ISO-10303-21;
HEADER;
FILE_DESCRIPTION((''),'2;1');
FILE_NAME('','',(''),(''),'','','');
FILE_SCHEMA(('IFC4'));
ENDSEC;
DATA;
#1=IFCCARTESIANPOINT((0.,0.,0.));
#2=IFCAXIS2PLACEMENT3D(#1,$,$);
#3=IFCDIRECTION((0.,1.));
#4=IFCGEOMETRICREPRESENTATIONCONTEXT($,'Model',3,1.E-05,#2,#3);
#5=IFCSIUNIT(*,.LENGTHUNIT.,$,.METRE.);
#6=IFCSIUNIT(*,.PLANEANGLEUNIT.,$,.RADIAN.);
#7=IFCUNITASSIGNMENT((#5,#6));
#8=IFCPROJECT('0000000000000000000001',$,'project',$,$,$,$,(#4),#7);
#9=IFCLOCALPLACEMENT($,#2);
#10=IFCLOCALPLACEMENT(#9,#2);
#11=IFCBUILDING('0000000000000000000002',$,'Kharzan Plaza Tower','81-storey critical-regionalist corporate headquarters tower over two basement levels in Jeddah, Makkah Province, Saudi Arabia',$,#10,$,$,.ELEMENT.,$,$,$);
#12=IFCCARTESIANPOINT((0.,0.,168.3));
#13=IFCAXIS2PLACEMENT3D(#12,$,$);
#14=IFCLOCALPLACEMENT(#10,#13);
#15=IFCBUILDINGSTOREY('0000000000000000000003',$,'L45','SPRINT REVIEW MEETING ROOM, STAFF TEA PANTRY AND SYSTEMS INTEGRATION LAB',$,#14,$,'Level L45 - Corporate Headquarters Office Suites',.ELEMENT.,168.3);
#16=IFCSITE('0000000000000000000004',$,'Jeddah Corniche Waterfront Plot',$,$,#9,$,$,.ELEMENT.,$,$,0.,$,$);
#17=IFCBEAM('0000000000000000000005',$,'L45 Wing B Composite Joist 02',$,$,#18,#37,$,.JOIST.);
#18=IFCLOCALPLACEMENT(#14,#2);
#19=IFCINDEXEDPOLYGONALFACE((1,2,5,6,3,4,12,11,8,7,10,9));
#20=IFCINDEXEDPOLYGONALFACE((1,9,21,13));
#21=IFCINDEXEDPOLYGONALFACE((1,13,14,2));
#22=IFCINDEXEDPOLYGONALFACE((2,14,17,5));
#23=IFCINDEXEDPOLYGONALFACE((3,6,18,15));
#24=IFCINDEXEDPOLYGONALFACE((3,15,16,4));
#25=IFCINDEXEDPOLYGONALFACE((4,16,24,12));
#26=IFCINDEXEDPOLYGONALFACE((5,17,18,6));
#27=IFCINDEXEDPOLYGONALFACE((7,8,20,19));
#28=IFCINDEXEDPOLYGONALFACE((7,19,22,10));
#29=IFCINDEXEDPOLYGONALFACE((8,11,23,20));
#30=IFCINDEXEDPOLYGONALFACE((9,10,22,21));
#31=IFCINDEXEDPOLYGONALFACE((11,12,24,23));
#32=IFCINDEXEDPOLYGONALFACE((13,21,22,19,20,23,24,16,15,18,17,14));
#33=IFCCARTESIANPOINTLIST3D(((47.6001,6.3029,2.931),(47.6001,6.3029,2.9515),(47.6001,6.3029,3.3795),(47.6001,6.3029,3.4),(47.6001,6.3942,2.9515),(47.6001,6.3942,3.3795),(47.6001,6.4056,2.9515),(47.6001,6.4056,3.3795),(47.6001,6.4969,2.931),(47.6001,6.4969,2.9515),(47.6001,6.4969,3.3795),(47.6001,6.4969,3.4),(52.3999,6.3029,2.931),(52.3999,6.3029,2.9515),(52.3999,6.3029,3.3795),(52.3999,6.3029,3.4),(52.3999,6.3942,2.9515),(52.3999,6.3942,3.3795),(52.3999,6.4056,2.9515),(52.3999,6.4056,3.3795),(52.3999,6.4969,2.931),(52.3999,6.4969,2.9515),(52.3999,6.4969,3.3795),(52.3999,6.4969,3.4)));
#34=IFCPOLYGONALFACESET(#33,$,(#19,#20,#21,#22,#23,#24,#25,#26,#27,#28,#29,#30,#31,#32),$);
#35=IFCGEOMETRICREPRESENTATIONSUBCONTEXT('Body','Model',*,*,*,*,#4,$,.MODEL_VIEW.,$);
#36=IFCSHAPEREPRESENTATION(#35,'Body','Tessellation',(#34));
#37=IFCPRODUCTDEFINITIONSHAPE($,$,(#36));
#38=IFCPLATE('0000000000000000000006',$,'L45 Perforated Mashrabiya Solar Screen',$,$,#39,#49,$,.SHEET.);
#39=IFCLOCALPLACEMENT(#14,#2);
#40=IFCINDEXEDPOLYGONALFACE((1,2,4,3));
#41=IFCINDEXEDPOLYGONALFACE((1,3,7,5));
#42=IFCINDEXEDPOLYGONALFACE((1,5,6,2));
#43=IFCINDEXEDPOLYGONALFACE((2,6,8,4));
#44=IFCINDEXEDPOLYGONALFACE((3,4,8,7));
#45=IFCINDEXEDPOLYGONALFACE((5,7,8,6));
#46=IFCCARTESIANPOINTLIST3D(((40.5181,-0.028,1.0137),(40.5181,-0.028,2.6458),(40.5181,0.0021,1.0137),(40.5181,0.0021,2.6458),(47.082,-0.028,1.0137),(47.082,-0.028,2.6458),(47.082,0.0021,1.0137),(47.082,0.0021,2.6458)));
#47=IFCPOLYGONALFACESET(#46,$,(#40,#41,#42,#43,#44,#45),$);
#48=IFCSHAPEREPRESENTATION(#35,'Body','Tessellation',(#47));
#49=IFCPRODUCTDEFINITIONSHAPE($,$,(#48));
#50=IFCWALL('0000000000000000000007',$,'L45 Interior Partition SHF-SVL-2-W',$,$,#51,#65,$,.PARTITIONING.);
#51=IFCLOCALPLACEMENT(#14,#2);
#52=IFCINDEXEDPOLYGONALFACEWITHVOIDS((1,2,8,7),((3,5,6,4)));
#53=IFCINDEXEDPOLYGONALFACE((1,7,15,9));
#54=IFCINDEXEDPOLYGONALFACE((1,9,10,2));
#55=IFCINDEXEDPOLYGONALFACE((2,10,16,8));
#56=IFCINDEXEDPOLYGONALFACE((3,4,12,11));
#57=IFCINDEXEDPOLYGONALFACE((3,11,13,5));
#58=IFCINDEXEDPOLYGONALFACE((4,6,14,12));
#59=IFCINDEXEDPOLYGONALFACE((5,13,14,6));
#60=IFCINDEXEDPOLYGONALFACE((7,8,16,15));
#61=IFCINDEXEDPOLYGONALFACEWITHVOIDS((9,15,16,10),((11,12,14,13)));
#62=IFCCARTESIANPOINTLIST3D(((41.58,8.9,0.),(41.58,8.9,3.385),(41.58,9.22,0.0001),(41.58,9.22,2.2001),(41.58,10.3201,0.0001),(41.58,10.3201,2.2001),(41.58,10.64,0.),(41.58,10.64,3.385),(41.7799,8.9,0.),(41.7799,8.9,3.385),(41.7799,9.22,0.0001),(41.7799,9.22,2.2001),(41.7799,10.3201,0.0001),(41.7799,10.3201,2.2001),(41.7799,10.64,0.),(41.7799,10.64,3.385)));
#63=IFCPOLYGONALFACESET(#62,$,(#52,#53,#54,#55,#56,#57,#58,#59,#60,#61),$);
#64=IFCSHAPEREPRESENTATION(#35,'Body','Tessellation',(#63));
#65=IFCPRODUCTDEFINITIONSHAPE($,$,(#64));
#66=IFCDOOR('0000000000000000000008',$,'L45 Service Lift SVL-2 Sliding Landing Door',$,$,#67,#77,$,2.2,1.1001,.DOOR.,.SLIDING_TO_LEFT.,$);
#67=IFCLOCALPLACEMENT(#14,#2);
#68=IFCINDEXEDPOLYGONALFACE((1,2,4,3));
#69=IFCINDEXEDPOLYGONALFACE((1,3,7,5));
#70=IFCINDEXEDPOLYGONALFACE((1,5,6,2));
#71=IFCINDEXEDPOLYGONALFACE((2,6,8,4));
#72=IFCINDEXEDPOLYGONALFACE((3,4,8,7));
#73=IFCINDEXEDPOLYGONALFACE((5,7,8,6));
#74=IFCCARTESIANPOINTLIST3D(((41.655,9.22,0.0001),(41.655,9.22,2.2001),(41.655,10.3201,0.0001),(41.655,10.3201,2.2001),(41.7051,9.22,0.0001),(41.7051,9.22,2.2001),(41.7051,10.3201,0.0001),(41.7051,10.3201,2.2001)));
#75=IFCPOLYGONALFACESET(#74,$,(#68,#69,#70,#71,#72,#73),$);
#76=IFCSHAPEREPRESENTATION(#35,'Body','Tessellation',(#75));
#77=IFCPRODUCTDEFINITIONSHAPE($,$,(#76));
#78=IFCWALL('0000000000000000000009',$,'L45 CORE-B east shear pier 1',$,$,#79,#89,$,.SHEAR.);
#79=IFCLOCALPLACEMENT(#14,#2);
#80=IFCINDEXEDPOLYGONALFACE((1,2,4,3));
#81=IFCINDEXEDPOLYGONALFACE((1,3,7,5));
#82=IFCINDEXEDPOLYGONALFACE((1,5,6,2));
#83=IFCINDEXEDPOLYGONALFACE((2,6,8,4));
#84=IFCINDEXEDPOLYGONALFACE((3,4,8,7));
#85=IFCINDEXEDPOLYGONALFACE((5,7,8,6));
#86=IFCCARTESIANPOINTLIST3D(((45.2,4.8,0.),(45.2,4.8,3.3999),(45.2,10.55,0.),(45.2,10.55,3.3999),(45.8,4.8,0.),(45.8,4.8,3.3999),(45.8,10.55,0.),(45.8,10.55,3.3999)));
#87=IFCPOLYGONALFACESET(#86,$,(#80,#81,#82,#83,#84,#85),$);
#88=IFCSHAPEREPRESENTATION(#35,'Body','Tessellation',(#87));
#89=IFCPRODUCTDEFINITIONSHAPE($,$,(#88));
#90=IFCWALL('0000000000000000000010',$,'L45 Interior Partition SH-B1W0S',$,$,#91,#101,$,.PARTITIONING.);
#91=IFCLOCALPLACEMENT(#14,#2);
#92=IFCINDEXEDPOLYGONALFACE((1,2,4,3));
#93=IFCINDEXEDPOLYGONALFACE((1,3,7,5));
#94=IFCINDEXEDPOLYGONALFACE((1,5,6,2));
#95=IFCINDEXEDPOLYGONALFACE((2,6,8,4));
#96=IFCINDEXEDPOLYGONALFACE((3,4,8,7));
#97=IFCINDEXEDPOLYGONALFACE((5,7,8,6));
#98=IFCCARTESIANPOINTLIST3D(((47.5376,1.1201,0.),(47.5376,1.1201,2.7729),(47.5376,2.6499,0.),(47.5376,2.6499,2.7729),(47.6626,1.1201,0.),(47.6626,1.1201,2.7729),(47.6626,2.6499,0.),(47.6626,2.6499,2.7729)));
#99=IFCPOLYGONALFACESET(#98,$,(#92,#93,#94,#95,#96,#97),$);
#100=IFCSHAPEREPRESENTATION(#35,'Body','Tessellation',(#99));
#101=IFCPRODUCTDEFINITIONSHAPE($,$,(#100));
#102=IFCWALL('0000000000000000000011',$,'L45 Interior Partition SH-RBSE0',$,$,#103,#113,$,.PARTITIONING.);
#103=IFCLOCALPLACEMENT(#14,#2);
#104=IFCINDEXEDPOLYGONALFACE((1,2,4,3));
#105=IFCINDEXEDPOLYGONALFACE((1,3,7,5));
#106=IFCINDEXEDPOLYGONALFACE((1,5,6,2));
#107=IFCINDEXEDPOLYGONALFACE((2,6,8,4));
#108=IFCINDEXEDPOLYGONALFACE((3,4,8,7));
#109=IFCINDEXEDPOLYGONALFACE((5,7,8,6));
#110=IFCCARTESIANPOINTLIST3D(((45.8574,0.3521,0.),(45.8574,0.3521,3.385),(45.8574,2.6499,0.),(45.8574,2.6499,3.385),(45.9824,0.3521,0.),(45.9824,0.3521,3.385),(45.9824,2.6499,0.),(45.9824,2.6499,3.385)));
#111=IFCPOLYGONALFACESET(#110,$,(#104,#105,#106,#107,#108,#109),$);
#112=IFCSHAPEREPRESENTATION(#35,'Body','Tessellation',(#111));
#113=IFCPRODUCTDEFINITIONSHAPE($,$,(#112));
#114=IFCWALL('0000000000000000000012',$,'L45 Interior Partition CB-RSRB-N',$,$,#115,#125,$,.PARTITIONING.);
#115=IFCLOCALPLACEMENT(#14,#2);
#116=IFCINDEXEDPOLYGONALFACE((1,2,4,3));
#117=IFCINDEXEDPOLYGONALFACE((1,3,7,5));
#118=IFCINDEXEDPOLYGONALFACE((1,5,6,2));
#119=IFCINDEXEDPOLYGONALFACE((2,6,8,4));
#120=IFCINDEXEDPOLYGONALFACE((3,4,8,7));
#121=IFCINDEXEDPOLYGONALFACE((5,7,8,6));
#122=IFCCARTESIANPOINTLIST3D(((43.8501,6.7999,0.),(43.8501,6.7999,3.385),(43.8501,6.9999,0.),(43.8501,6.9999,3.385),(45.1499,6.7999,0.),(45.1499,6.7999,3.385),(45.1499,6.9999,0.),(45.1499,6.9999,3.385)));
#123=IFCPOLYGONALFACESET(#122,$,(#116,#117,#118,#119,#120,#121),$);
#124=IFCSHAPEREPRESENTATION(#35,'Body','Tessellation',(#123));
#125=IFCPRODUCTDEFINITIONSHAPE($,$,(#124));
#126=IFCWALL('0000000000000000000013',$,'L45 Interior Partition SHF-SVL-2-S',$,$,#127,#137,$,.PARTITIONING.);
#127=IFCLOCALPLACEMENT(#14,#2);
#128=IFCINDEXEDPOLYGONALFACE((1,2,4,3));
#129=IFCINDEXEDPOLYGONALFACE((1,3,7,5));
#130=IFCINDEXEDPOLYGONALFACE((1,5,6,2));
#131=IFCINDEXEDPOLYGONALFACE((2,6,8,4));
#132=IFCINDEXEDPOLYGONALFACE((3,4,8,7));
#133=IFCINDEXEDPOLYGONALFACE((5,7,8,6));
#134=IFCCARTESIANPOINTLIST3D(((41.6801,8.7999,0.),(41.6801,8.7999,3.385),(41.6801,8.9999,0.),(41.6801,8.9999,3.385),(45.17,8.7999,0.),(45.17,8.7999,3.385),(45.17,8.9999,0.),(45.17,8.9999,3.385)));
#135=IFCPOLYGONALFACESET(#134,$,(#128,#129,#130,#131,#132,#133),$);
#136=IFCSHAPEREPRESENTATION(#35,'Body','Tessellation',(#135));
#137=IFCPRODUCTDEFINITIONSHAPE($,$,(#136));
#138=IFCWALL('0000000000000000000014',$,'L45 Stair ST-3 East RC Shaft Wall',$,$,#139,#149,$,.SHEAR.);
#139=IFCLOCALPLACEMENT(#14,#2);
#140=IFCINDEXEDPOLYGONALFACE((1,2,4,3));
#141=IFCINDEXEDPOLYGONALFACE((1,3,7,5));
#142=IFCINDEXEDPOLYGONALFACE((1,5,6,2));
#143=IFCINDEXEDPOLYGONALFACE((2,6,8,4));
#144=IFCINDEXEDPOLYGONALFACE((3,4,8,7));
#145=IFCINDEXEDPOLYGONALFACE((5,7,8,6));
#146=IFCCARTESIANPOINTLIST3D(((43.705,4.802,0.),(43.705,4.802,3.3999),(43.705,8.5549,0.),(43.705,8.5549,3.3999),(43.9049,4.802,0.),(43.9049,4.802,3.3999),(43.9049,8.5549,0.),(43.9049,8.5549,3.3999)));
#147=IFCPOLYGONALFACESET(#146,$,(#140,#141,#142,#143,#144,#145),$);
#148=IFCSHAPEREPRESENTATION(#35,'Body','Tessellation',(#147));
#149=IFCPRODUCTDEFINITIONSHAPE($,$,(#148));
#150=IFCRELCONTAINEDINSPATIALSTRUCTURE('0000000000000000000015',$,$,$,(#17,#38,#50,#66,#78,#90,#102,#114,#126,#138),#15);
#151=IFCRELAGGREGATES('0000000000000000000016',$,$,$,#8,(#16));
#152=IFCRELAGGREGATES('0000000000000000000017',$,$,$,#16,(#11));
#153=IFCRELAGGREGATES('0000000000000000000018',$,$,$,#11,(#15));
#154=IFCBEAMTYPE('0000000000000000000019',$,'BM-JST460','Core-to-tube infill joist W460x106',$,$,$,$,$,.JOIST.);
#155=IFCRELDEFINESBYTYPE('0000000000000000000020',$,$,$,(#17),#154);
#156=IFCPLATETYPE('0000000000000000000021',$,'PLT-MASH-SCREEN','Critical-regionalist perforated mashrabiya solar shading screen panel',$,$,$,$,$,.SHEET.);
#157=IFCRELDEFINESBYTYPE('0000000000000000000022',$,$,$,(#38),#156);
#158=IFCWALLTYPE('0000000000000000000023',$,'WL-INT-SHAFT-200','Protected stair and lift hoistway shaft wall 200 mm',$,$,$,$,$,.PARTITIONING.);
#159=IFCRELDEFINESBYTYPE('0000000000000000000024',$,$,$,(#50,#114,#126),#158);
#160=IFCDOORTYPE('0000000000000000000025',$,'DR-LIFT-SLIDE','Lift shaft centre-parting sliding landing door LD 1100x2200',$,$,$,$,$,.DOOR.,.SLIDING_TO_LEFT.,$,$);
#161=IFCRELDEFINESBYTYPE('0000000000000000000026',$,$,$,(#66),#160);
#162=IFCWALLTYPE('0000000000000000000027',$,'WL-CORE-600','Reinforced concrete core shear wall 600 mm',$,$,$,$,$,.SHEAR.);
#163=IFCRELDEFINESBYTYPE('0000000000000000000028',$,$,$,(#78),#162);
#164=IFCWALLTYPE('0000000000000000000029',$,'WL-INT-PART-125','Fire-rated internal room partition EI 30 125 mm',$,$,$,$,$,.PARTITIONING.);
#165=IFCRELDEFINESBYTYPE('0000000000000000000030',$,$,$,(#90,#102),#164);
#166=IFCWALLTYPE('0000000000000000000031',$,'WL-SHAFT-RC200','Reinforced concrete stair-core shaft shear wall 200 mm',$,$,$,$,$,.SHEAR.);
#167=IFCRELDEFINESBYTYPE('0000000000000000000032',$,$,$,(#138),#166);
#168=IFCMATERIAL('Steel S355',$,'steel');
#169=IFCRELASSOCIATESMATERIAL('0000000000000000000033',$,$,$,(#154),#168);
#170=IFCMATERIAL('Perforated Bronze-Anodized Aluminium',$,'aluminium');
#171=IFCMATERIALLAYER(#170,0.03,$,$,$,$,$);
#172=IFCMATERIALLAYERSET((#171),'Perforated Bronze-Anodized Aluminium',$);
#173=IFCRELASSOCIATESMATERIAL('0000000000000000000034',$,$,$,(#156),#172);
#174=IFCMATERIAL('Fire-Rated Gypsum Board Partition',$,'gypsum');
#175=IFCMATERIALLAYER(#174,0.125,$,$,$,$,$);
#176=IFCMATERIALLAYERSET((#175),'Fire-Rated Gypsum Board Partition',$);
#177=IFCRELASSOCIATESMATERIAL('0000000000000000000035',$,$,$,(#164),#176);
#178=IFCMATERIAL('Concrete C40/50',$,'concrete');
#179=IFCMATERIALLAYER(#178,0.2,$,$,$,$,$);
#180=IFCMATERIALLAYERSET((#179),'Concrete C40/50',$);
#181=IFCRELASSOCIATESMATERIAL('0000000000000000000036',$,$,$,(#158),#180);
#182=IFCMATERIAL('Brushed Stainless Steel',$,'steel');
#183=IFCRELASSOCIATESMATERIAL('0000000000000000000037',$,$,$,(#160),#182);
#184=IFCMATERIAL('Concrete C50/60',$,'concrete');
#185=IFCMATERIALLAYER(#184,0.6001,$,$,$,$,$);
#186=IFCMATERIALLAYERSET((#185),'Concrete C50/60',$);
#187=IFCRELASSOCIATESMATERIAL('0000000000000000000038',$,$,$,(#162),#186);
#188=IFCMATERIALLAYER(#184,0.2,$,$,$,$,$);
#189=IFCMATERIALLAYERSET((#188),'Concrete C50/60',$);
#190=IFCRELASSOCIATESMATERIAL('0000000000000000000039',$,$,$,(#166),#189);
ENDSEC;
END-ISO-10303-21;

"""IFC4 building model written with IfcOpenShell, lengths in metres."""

from ifc_helpers import new_model, si_unit, direction, frame, frame_2d, origin, origin_2d, place, context, subcontext, project, spatial, rectangle, i_section, extrude, source, transform, mapped, material, layer, layer_set, material_profile, profile_set, type_object, element, fill, save


model = new_model("IFC4")

# Units and contexts
model_context = context("Model", 3, precision=1e-05, world=origin(), true_north=direction((0.0, 1.0)))
body_context = subcontext(model_context, "Body", "Model", "MODEL_VIEW")
ifc_project = project(units=[si_unit("LENGTHUNIT", "METRE"), si_unit("PLANEANGLEUNIT", "RADIAN")], contexts=[model_context])

# Site, building, storey
site_placement = place(None, origin())
site = spatial("IfcSite", under=ifc_project, at=site_placement, Name="Jeddah Corniche Waterfront Plot", CompositionType="ELEMENT", RefElevation=0.0)
building_placement = place(site_placement, origin())
building = spatial("IfcBuilding", under=site, at=building_placement, Name="Kharzan Plaza Tower", Description="81-storey critical-regionalist corporate headquarters tower over two basement levels in Jeddah, Makkah Province, Saudi Arabia", CompositionType="ELEMENT")
storey_placement = place(building_placement, frame((0.0, 0.0, 168.3)))
storey = spatial("IfcBuildingStorey", under=building, at=storey_placement, Name="L45", Description="SPRINT REVIEW MEETING ROOM, STAFF TEA PANTRY AND SYSTEMS INTEGRATION LAB", LongName="Level L45 - Corporate Headquarters Office Suites", CompositionType="ELEMENT", Elevation=168.3)

# Shared definitions
ifc_material_1 = material(Name="Concrete C50/60", Category="concrete")

# Beam
ifc_material_2 = material(Name="Steel S355", Category="steel")
ifc_material_profile_1 = material_profile(ifc_material_2, i_section(OverallWidth=0.1941, OverallDepth=0.469, WebThickness=0.0115, FlangeThickness=0.0205, at=origin_2d()), Name="W460x106")
ifc_profile_set_1 = profile_set([ifc_material_profile_1], Name="Steel S355")
beam_type_1 = type_object("IfcBeamType", Name="BM-JST460", Description="Core-to-tube infill joist W460x106", PredefinedType="JOIST", material=ifc_profile_set_1)
shared_shape_1 = source(origin(), body_context, "Body", "SweptSolid", [
    extrude(i_section(OverallWidth=0.1941, OverallDepth=0.469, WebThickness=0.0115, FlangeThickness=0.0205, at=origin_2d()), origin(), (0.0, 0.0, 1.0), 4.7998),
])
beam_1_placement = place(storey_placement, frame((47.6001, 6.3999, 3.1655), z_axis=(1.0, 0.0, 0.0), x_axis=(0.0, 1.0, 0.0)))
element("IfcBeam", 1, at=beam_1_placement, inside=storey, type_object=beam_type_1, Name="L45 Wing B Composite Joist 02", PredefinedType="JOIST", context=body_context, shape_type="MappedRepresentation", body=[
    mapped(shared_shape_1, transform((0.0, 0.0, 0.0), x_axis=(1.0, 0.0, 0.0), y_axis=(0.0, 1.0, 0.0), z_axis=(0.0, 0.0, 1.0))),
])

# Plate
ifc_material_3 = material(Name="Perforated Bronze-Anodized Aluminium", Category="aluminium")
ifc_layer_1 = layer(ifc_material_3, 0.03)
ifc_layer_set_1 = layer_set([ifc_layer_1], Name="Perforated Bronze-Anodized Aluminium")
plate_type = type_object("IfcPlateType", Name="PLT-MASH-SCREEN", Description="Critical-regionalist perforated mashrabiya solar shading screen panel", PredefinedType="SHEET", material=ifc_layer_set_1)
shared_shape_2 = source(origin(), body_context, "Body", "SweptSolid", [
    extrude(rectangle(XDim=6.564, YDim=0.03, at=origin_2d()), origin(), (0.0, 0.0, 1.0), 1.6321),
])
plate_placement = place(storey_placement, frame((43.8, -0.0129, 1.0137), z_axis=(0.0, 0.0, 1.0), x_axis=(1.0, 0.0, 0.0)))
element("IfcPlate", 2, at=plate_placement, inside=storey, type_object=plate_type, Name="L45 Perforated Mashrabiya Solar Screen", PredefinedType="SHEET", context=body_context, shape_type="MappedRepresentation", body=[
    mapped(shared_shape_2, transform((0.0, 0.0, 0.0), x_axis=(1.0, 0.0, 0.0), y_axis=(0.0, 1.0, 0.0), z_axis=(0.0, 0.0, 1.0))),
])

# Wall, opening, door
ifc_material_4 = material(Name="Fire-Rated Gypsum Board Partition", Category="gypsum")
ifc_layer_2 = layer(ifc_material_4, 0.125)
ifc_layer_set_2 = layer_set([ifc_layer_2], Name="Fire-Rated Gypsum Board Partition")
wall_type_1 = type_object("IfcWallType", Name="WL-INT-PART-125", Description="Fire-rated internal room partition EI 30 125 mm", PredefinedType="PARTITIONING", material=ifc_layer_set_2)
ifc_material_5 = material(Name="Concrete C40/50", Category="concrete")
ifc_layer_3 = layer(ifc_material_5, 0.2)
ifc_layer_set_3 = layer_set([ifc_layer_3], Name="Concrete C40/50")
wall_type_2 = type_object("IfcWallType", Name="WL-INT-SHAFT-200", Description="Protected stair and lift hoistway shaft wall 200 mm", PredefinedType="PARTITIONING", material=ifc_layer_set_3)
wall_1_placement = place(storey_placement, frame((41.6799, 8.8999, 0.0), z_axis=(0.0, 0.0, 1.0), x_axis=(0.0, 1.0, 0.0)))
wall_1 = element("IfcWall", 3, at=wall_1_placement, inside=storey, type_object=wall_type_2, Name="L45 Interior Partition SHF-SVL-2-W", PredefinedType="PARTITIONING", context=body_context, shape_type="SweptSolid", body=[
    extrude(rectangle(XDim=1.74, YDim=0.2, at=frame_2d((0.8701, 0.0))), origin(), (0.0, 0.0, 1.0), 3.385),
])
opening_1_placement = place(wall_1_placement, frame((0.3201, 0.0, 0.0)))
opening_1 = element("IfcOpeningElement", 4, at=opening_1_placement, cuts=wall_1, PredefinedType="OPENING", context=body_context, shape_type="SweptSolid", body=[
    extrude(rectangle(XDim=1.1001, YDim=2.2, at=frame_2d((0.55, 1.1001))), frame((0.0, 0.1099, 0.0), z_axis=(0.0, -1.0, 0.0), x_axis=(1.0, 0.0, 0.0)), (0.0, 0.0, 1.0), 0.22),
])
ifc_material_6 = material(Name="Brushed Stainless Steel", Category="steel")
door_type_1 = type_object("IfcDoorType", Name="DR-LIFT-SLIDE", Description="Lift shaft centre-parting sliding landing door LD 1100x2200", OperationType="SLIDING_TO_LEFT", PredefinedType="DOOR", material=ifc_material_6)
shared_shape_3 = source(origin(), body_context, "Body", "SweptSolid", [
    extrude(rectangle(XDim=1.1001, YDim=2.2, at=frame_2d((0.55, 1.1001))), frame((0.0, 0.0249, 0.0), z_axis=(0.0, -1.0, 0.0), x_axis=(1.0, 0.0, 0.0)), (0.0, 0.0, 1.0), 0.05),
])
door_1_placement = place(opening_1_placement, origin())
door_1 = element("IfcDoor", 5, at=door_1_placement, inside=storey, type_object=door_type_1, Name="L45 Service Lift SVL-2 Sliding Landing Door", OperationType="SLIDING_TO_LEFT", OverallHeight=2.2, OverallWidth=1.1001, PredefinedType="DOOR", context=body_context, shape_type="MappedRepresentation", body=[
    mapped(shared_shape_3, transform((0.0, 0.0, 0.0), x_axis=(1.0, 0.0, 0.0), y_axis=(0.0, 1.0, 0.0), z_axis=(0.0, 0.0, 1.0))),
])
fill(opening_1, door_1)

# Walls
ifc_layer_4 = layer(ifc_material_1, 0.6001)
ifc_layer_set_4 = layer_set([ifc_layer_4], Name="Concrete C50/60")
wall_type_3 = type_object("IfcWallType", Name="WL-CORE-600", Description="Reinforced concrete core shear wall 600 mm", PredefinedType="SHEAR", material=ifc_layer_set_4)
shared_shape_4 = source(origin(), body_context, "Body", "SweptSolid", [
    extrude(rectangle(XDim=5.75, YDim=0.6001, at=frame_2d((2.875, 0.0))), origin(), (0.0, 0.0, 1.0), 3.3999),
])
wall_2_placement = place(storey_placement, frame((45.5, 4.8, 0.0), z_axis=(0.0, 0.0, 1.0), x_axis=(0.0, 1.0, 0.0)))
element("IfcWall", 6, at=wall_2_placement, inside=storey, type_object=wall_type_3, Name="L45 CORE-B east shear pier 1", PredefinedType="SHEAR", context=body_context, shape_type="MappedRepresentation", body=[
    mapped(shared_shape_4, transform((0.0, 0.0, 0.0), x_axis=(1.0, 0.0, 0.0), y_axis=(0.0, 1.0, 0.0), z_axis=(0.0, 0.0, 1.0))),
])
shared_shape_5 = source(origin(), body_context, "Body", "SweptSolid", [
    extrude(rectangle(XDim=1.5298, YDim=0.125, at=frame_2d((0.7649, 0.0))), origin(), (0.0, 0.0, 1.0), 2.7729),
])
wall_3_placement = place(storey_placement, frame((47.6001, 1.1201, 0.0), z_axis=(0.0, 0.0, 1.0), x_axis=(0.0, 1.0, 0.0)))
element("IfcWall", 7, at=wall_3_placement, inside=storey, type_object=wall_type_1, Name="L45 Interior Partition SH-B1W0S", PredefinedType="PARTITIONING", context=body_context, shape_type="MappedRepresentation", body=[
    mapped(shared_shape_5, transform((0.0, 0.0, 0.0), x_axis=(1.0, 0.0, 0.0), y_axis=(0.0, 1.0, 0.0), z_axis=(0.0, 0.0, 1.0))),
])
shared_shape_6 = source(origin(), body_context, "Body", "SweptSolid", [
    extrude(rectangle(XDim=2.2979, YDim=0.125, at=frame_2d((1.1489, 0.0))), origin(), (0.0, 0.0, 1.0), 3.385),
])
wall_4_placement = place(storey_placement, frame((45.9199, 0.3521, 0.0), z_axis=(0.0, 0.0, 1.0), x_axis=(0.0, 1.0, 0.0)))
element("IfcWall", 8, at=wall_4_placement, inside=storey, type_object=wall_type_1, Name="L45 Interior Partition SH-RBSE0", PredefinedType="PARTITIONING", context=body_context, shape_type="MappedRepresentation", body=[
    mapped(shared_shape_6, transform((0.0, 0.0, 0.0), x_axis=(1.0, 0.0, 0.0), y_axis=(0.0, 1.0, 0.0), z_axis=(0.0, 0.0, 1.0))),
])
shared_shape_7 = source(origin(), body_context, "Body", "SweptSolid", [
    extrude(rectangle(XDim=1.2998, YDim=0.2, at=frame_2d((0.6499, 0.0))), origin(), (0.0, 0.0, 1.0), 3.385),
])
wall_5_placement = place(storey_placement, frame((43.8501, 6.8999, 0.0), z_axis=(0.0, 0.0, 1.0), x_axis=(1.0, 0.0, 0.0)))
element("IfcWall", 9, at=wall_5_placement, inside=storey, type_object=wall_type_2, Name="L45 Interior Partition CB-RSRB-N", PredefinedType="PARTITIONING", context=body_context, shape_type="MappedRepresentation", body=[
    mapped(shared_shape_7, transform((0.0, 0.0, 0.0), x_axis=(1.0, 0.0, 0.0), y_axis=(0.0, 1.0, 0.0), z_axis=(0.0, 0.0, 1.0))),
])
shared_shape_8 = source(origin(), body_context, "Body", "SweptSolid", [
    extrude(rectangle(XDim=3.49, YDim=0.2, at=frame_2d((1.7451, 0.0))), origin(), (0.0, 0.0, 1.0), 3.385),
])
wall_6_placement = place(storey_placement, frame((41.6799, 8.8999, 0.0), z_axis=(0.0, 0.0, 1.0), x_axis=(1.0, 0.0, 0.0)))
element("IfcWall", 10, at=wall_6_placement, inside=storey, type_object=wall_type_2, Name="L45 Interior Partition SHF-SVL-2-S", PredefinedType="PARTITIONING", context=body_context, shape_type="MappedRepresentation", body=[
    mapped(shared_shape_8, transform((0.0, 0.0, 0.0), x_axis=(1.0, 0.0, 0.0), y_axis=(0.0, 1.0, 0.0), z_axis=(0.0, 0.0, 1.0))),
])
ifc_layer_5 = layer(ifc_material_1, 0.2)
ifc_layer_set_5 = layer_set([ifc_layer_5], Name="Concrete C50/60")
wall_type_4 = type_object("IfcWallType", Name="WL-SHAFT-RC200", Description="Reinforced concrete stair-core shaft shear wall 200 mm", PredefinedType="SHEAR", material=ifc_layer_set_5)
shared_shape_9 = source(origin(), body_context, "Body", "SweptSolid", [
    extrude(rectangle(XDim=3.7529, YDim=0.2, at=frame_2d((1.8765, 0.0))), origin(), (0.0, 0.0, 1.0), 3.3999),
])
wall_7_placement = place(storey_placement, frame((43.8049, 4.802, 0.0), z_axis=(0.0, 0.0, 1.0), x_axis=(0.0, 1.0, 0.0)))
element("IfcWall", 11, at=wall_7_placement, inside=storey, type_object=wall_type_4, Name="L45 Stair ST-3 East RC Shaft Wall", PredefinedType="SHEAR", context=body_context, shape_type="MappedRepresentation", body=[
    mapped(shared_shape_9, transform((0.0, 0.0, 0.0), x_axis=(1.0, 0.0, 0.0), y_axis=(0.0, 1.0, 0.0), z_axis=(0.0, 0.0, 1.0))),
])

save(model, "model.ifc")
